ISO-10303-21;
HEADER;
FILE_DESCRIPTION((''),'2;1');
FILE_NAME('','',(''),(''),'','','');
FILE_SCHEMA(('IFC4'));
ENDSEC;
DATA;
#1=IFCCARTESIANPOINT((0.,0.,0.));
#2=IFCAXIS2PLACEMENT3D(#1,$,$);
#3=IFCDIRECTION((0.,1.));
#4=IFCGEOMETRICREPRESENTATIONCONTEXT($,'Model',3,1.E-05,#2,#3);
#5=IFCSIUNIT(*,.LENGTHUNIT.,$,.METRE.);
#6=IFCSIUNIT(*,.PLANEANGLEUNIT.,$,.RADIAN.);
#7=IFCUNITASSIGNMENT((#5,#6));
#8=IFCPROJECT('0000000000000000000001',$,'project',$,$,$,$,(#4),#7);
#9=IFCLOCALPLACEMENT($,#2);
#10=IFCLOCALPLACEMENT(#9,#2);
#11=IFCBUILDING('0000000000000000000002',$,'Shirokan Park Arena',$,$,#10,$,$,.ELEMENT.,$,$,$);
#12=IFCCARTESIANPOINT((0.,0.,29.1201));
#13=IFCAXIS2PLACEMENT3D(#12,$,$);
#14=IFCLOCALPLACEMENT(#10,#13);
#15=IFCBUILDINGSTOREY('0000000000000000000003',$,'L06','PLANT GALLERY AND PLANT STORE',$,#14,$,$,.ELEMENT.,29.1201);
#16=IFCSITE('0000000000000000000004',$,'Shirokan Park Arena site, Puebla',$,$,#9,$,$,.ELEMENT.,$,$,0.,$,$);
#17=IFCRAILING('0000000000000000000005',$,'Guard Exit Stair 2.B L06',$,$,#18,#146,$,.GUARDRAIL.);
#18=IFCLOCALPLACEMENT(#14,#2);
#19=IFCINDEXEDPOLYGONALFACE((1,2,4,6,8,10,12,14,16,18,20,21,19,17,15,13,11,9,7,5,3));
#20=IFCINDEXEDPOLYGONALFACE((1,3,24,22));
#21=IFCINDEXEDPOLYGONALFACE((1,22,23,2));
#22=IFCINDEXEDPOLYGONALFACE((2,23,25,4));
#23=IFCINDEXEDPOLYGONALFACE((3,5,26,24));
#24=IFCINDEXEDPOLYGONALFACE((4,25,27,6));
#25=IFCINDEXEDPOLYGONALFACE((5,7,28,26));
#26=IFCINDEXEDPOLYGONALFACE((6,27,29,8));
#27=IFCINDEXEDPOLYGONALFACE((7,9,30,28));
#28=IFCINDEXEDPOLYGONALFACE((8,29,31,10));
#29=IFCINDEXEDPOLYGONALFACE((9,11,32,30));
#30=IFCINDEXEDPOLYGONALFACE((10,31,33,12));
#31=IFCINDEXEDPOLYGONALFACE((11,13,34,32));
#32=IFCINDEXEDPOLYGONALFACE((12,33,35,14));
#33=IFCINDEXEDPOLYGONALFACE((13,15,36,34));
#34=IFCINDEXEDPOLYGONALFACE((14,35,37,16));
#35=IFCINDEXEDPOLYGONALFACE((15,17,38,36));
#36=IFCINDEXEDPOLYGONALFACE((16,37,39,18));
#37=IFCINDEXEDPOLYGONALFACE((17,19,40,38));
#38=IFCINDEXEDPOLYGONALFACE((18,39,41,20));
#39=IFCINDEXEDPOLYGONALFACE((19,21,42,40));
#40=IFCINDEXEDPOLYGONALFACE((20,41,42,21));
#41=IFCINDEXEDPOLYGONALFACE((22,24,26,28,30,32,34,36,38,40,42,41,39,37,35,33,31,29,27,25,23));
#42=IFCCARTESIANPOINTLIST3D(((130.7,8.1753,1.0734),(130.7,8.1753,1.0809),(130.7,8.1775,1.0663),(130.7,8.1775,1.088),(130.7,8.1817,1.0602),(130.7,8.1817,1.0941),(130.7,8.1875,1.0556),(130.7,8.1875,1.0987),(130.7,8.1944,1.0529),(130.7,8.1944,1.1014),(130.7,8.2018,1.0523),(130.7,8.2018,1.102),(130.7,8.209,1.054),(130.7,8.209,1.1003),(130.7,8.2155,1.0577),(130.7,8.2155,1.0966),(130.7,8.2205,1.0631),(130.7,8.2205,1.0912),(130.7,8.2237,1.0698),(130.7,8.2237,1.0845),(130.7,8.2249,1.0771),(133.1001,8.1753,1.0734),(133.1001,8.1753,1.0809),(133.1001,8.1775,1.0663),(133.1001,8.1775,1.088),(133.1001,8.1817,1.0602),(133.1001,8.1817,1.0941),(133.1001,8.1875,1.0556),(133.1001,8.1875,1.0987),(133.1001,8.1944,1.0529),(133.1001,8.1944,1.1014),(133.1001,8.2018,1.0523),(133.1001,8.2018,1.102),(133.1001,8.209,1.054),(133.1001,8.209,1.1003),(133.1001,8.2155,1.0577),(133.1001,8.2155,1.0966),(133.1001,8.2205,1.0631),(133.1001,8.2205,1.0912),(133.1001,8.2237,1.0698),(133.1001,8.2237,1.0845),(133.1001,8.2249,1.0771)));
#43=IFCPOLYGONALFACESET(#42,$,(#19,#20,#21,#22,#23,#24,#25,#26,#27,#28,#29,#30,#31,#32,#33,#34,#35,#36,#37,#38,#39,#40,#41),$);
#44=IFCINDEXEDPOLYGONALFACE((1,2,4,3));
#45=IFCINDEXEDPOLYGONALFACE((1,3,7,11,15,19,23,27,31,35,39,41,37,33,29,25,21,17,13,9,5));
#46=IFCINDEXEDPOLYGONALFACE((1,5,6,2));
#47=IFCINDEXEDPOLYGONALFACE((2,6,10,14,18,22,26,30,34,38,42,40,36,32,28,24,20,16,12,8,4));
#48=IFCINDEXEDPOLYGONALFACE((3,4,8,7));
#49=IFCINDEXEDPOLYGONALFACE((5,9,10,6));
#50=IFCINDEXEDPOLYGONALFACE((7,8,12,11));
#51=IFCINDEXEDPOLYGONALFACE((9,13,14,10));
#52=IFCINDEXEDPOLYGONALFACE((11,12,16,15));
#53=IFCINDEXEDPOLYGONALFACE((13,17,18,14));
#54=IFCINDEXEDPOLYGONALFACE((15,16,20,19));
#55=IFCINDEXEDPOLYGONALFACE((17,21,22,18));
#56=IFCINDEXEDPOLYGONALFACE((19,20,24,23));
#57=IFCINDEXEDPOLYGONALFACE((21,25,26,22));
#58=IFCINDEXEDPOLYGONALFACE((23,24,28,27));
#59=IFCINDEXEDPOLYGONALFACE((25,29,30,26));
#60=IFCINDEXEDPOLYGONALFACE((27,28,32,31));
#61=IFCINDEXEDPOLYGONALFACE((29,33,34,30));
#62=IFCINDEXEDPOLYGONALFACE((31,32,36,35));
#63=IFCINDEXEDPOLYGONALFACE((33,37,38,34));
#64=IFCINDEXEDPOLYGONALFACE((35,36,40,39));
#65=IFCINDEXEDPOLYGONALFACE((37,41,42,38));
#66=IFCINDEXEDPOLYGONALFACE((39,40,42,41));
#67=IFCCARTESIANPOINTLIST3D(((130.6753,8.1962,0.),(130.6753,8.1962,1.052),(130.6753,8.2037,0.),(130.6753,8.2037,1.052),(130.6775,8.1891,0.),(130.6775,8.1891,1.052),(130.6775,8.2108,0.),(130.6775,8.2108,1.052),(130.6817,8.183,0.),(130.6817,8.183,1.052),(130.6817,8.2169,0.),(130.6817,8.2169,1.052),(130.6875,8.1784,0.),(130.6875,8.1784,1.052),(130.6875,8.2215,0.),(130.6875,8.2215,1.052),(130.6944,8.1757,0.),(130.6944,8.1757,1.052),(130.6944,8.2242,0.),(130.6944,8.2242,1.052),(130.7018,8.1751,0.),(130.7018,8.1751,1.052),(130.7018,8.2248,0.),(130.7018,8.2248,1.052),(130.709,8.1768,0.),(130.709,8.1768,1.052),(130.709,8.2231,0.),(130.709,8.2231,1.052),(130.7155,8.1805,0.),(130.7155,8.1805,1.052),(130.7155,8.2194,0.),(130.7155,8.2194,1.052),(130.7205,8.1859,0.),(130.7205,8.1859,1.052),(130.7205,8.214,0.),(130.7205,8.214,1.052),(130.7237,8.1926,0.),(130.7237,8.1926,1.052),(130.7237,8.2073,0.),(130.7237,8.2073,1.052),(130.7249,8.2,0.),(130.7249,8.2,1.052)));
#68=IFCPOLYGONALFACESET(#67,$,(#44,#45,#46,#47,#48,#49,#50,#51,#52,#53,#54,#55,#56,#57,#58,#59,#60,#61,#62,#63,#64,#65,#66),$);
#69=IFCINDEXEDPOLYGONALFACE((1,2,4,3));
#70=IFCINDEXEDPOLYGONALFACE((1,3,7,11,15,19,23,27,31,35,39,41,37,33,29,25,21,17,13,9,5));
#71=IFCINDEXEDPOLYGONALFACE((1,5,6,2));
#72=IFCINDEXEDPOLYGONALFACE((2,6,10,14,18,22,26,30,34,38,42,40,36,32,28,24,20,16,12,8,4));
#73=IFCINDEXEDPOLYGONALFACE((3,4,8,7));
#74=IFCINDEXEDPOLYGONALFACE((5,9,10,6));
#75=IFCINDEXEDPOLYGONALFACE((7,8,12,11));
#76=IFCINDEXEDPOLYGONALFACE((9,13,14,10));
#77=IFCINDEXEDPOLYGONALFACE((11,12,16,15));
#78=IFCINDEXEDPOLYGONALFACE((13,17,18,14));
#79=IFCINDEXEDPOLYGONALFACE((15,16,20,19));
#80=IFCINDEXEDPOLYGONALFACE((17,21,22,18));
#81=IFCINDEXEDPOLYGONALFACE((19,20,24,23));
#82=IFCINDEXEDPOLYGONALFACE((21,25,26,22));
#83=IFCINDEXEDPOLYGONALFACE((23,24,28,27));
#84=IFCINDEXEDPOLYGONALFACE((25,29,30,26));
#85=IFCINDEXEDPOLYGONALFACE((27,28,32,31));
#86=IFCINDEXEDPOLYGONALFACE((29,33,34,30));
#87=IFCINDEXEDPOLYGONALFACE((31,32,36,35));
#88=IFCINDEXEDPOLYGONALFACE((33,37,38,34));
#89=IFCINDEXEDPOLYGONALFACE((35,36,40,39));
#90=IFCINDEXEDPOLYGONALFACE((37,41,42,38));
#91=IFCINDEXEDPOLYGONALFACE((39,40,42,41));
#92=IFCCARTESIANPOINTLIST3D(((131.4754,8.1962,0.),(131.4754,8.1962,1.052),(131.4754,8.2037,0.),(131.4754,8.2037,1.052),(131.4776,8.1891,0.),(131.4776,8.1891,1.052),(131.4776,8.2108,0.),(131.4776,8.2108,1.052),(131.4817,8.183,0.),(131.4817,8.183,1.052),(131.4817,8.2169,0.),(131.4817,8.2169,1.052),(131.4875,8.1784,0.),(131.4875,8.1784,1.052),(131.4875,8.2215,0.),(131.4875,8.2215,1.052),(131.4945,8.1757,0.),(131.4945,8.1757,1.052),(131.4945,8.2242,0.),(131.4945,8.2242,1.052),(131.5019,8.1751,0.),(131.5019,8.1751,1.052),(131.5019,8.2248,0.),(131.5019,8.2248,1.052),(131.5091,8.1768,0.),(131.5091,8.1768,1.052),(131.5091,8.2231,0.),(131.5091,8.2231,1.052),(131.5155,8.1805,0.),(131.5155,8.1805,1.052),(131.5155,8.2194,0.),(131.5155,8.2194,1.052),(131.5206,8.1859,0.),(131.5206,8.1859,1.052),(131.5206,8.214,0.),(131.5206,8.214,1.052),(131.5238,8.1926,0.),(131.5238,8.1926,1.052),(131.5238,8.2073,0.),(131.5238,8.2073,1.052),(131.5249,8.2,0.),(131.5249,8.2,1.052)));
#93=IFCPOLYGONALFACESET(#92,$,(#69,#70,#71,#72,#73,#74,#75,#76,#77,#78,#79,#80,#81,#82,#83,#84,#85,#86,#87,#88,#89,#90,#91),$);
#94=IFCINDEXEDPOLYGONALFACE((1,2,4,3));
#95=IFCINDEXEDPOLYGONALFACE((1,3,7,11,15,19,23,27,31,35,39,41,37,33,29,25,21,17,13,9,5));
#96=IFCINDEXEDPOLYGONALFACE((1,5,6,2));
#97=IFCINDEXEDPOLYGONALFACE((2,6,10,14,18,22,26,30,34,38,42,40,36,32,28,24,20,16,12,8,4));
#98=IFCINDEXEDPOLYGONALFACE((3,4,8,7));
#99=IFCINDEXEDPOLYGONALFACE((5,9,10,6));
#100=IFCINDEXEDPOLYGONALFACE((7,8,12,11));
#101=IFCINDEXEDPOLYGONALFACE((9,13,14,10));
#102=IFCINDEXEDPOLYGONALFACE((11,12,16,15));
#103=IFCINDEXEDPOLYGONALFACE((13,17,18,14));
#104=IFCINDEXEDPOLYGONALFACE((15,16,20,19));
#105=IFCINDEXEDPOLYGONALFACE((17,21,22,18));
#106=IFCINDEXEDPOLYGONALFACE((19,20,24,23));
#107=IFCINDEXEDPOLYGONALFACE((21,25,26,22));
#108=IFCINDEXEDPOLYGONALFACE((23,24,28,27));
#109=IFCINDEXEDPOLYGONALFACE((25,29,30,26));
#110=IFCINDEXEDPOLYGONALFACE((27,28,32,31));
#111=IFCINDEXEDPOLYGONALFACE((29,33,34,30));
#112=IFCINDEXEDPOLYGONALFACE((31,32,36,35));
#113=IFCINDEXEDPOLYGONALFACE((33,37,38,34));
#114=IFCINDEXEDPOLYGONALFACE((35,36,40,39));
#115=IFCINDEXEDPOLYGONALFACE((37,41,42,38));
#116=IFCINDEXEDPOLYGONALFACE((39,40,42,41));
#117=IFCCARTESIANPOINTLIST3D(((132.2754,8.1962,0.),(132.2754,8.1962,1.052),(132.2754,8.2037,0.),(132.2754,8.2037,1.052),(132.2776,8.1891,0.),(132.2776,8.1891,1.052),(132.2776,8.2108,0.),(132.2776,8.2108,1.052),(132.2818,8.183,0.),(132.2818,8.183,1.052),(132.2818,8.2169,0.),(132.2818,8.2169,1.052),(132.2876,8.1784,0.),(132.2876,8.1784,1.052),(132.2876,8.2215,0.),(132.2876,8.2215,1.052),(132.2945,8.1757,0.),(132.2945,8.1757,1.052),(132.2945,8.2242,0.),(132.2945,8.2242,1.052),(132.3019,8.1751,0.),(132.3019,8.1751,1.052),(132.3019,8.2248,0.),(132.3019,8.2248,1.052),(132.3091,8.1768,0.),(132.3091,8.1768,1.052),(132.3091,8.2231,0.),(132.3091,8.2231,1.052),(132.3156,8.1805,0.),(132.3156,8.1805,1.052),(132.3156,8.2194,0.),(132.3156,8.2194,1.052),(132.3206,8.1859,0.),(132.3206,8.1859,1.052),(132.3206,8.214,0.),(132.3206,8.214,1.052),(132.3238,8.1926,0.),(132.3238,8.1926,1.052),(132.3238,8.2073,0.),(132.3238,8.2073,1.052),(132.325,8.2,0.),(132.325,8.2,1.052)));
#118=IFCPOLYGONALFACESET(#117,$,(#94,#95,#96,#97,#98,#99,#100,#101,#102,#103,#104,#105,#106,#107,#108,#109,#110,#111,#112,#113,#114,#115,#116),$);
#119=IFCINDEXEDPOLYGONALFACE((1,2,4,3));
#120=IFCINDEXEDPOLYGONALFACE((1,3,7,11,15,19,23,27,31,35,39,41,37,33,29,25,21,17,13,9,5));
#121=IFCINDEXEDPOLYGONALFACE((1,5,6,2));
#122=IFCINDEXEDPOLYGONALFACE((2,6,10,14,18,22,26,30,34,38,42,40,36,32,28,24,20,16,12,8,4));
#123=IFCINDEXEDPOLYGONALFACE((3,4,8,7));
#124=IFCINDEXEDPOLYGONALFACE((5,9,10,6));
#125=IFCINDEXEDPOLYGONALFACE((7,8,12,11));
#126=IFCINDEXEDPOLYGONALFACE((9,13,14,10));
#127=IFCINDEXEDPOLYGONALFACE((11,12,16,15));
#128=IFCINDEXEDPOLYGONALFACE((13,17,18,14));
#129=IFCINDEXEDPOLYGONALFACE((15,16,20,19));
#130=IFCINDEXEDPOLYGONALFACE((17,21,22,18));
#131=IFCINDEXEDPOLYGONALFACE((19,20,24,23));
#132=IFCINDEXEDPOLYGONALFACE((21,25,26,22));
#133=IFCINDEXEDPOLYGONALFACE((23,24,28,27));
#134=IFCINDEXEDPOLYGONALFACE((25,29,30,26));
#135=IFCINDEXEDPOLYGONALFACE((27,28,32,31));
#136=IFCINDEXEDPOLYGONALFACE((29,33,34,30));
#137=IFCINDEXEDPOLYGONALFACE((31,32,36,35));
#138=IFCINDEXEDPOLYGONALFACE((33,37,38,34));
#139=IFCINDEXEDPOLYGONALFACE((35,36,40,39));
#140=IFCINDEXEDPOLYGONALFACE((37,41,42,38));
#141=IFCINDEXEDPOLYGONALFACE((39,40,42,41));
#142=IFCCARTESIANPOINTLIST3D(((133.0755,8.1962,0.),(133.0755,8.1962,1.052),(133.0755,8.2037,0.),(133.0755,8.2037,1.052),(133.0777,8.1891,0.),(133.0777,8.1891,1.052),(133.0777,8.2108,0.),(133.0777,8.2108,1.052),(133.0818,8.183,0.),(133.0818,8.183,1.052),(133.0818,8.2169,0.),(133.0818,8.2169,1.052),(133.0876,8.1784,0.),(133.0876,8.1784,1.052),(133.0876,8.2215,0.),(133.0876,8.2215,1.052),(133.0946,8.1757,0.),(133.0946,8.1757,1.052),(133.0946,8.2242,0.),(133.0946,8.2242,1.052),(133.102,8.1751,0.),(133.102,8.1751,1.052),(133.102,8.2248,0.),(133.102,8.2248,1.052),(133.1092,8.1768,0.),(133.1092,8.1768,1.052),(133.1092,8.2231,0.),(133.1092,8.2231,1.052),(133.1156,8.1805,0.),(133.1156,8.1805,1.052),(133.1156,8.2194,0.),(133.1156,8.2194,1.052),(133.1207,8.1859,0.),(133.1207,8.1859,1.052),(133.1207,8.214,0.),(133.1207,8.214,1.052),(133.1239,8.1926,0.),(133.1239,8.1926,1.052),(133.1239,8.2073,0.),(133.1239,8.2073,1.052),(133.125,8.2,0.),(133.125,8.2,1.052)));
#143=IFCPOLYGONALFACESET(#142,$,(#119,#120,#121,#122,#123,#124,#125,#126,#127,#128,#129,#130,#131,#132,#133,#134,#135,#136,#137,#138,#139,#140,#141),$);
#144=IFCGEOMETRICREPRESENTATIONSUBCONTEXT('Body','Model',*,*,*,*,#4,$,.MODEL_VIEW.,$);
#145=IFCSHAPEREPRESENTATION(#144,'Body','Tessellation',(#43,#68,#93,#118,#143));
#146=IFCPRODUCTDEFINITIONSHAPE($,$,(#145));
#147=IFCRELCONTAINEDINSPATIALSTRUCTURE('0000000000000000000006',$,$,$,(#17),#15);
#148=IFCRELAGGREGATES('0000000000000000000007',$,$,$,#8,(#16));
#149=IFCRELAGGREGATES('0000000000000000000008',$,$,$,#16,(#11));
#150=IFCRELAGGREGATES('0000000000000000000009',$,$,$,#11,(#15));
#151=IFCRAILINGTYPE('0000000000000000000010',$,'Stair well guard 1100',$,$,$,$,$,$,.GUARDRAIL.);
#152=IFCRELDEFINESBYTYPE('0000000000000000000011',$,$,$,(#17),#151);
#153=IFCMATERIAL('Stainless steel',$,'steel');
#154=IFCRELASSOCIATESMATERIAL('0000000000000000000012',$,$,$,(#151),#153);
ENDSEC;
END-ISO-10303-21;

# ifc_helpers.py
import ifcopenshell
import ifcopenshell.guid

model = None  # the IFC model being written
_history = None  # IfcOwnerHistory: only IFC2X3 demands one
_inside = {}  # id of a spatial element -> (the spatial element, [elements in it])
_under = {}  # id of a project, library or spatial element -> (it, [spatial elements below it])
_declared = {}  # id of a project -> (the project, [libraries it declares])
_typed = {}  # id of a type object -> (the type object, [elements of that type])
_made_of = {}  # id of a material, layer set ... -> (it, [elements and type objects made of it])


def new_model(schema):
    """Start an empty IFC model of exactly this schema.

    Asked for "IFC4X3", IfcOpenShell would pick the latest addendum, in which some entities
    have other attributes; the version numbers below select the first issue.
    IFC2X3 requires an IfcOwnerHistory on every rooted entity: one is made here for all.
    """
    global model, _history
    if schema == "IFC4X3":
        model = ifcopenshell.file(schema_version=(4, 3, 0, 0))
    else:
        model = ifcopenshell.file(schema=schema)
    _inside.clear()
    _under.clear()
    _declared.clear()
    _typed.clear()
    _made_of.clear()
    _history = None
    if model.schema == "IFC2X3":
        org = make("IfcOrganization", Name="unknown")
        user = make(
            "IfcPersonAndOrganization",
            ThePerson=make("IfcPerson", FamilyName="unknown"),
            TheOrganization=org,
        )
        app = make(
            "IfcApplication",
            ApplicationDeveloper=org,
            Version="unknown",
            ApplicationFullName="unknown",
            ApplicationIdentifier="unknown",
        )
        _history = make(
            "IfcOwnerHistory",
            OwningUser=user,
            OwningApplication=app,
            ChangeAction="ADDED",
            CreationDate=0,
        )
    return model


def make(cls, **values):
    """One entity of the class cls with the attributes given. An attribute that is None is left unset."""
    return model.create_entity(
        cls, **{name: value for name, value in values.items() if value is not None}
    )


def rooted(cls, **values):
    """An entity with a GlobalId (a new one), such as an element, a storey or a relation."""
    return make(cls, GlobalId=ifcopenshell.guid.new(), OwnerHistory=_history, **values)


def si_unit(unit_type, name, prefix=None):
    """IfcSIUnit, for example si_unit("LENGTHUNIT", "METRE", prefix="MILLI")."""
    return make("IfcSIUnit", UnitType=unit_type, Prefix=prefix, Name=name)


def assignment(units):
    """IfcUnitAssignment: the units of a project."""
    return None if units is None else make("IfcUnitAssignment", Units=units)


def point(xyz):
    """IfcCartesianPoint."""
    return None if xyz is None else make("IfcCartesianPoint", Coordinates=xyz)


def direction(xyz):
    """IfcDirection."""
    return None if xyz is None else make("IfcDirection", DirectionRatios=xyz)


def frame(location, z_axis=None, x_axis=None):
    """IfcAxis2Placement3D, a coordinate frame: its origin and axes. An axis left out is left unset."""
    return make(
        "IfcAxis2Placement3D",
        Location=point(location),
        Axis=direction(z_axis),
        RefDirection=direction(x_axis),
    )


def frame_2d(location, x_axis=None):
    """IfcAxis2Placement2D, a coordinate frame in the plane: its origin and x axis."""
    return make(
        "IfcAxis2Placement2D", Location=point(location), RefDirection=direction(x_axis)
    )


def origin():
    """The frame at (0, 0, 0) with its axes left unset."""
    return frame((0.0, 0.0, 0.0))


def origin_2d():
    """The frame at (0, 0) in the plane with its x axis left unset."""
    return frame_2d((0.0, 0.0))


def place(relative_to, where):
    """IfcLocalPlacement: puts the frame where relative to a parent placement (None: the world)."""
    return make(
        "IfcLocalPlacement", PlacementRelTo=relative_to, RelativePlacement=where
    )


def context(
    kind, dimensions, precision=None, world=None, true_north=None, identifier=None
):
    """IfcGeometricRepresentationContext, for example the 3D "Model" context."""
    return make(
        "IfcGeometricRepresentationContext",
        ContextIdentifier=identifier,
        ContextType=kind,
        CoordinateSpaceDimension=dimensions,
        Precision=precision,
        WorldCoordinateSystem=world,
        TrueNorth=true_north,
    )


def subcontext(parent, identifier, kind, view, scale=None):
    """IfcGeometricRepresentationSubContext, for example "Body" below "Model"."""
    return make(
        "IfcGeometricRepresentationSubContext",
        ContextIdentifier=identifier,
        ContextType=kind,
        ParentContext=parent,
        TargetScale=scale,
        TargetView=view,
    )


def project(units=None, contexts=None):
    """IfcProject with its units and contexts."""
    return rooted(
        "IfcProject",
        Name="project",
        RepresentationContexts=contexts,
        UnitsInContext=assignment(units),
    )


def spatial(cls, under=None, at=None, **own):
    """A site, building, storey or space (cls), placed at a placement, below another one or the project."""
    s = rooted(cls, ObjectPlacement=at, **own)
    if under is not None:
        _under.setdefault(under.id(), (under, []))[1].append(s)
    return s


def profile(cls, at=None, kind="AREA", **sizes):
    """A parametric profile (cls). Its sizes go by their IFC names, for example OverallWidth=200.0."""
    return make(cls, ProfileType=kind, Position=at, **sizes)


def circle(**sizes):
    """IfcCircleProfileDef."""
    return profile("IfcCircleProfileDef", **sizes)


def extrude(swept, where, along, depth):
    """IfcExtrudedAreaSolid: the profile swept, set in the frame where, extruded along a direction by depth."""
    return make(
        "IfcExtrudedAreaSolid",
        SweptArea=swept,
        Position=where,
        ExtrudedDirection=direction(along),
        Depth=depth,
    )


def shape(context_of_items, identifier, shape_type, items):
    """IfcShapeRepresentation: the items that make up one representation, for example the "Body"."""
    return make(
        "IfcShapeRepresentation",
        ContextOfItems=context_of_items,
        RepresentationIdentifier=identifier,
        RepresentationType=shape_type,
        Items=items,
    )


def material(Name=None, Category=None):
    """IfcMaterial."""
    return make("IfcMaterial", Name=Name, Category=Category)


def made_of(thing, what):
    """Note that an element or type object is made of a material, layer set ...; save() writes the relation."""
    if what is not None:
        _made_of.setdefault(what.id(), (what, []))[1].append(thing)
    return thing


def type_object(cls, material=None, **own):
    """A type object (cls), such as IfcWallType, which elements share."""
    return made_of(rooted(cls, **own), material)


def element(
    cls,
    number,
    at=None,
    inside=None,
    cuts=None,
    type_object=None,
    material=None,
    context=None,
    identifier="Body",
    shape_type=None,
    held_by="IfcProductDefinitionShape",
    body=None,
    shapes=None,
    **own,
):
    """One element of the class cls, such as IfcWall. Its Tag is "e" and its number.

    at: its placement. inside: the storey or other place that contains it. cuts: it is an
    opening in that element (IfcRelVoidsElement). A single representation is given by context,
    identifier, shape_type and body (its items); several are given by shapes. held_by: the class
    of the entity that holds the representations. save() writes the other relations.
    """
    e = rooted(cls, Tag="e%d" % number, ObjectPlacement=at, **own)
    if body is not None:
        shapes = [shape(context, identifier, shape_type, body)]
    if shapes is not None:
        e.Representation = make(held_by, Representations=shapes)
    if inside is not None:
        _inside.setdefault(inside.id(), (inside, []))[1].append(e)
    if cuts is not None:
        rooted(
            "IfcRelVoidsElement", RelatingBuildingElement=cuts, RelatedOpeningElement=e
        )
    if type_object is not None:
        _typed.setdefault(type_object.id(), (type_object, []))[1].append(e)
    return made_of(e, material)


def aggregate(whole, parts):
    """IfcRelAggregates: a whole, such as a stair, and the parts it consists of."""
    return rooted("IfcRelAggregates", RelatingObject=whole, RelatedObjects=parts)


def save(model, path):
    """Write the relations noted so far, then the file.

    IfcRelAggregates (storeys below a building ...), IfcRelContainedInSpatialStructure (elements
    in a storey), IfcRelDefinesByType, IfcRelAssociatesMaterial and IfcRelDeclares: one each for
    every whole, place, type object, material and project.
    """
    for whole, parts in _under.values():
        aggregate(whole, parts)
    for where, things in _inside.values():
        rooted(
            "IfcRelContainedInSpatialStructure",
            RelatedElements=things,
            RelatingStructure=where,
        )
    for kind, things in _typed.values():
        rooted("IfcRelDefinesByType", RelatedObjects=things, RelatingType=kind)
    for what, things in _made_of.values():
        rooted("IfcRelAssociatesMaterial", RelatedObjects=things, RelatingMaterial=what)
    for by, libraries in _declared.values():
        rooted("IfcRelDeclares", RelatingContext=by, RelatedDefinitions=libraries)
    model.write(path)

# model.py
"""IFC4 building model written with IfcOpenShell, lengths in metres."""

from ifc_helpers import new_model, si_unit, direction, frame, origin, origin_2d, place, context, subcontext, project, spatial, circle, extrude, material, type_object, element, save


model = new_model("IFC4")

# Units and contexts
model_context = context("Model", 3, precision=1e-05, world=origin(), true_north=direction((0.0, 1.0)))
body_context = subcontext(model_context, "Body", "Model", "MODEL_VIEW")
ifc_project = project(units=[si_unit("LENGTHUNIT", "METRE"), si_unit("PLANEANGLEUNIT", "RADIAN")], contexts=[model_context])

# Site, building, storey
site_placement = place(None, origin())
site = spatial("IfcSite", under=ifc_project, at=site_placement, Name="Shirokan Park Arena site, Puebla", CompositionType="ELEMENT", RefElevation=0.0)
building_placement = place(site_placement, origin())
building = spatial("IfcBuilding", under=site, at=building_placement, Name="Shirokan Park Arena", CompositionType="ELEMENT")
storey_placement = place(building_placement, frame((0.0, 0.0, 29.1201)))
storey = spatial("IfcBuildingStorey", under=building, at=storey_placement, Name="L06", Description="PLANT GALLERY AND PLANT STORE", CompositionType="ELEMENT", Elevation=29.1201)

# Railing
ifc_material_1 = material(Name="Stainless steel", Category="steel")
railing_type = type_object("IfcRailingType", Name="Stair well guard 1100", PredefinedType="GUARDRAIL", material=ifc_material_1)
railing_placement = place(storey_placement, frame((130.7, 8.2, 0.0)))
element("IfcRailing", 1, at=railing_placement, inside=storey, type_object=railing_type, Name="Guard Exit Stair 2.B L06", PredefinedType="GUARDRAIL", context=body_context, shape_type="SweptSolid", body=[
    extrude(circle(Radius=0.0249, at=origin_2d()), frame((0.0, 0.0, 1.0771), z_axis=(1.0, 0.0, 0.0), x_axis=(0.0, 1.0, 0.0)), (0.0, 0.0, 1.0), 2.4001),
    extrude(circle(Radius=0.0249, at=origin_2d()), origin(), (0.0, 0.0, 1.0), 1.052),
    extrude(circle(Radius=0.0249, at=origin_2d()), frame((0.8, 0.0, 0.0)), (0.0, 0.0, 1.0), 1.052),
    extrude(circle(Radius=0.0249, at=origin_2d()), frame((1.6001, 0.0, 0.0)), (0.0, 0.0, 1.0), 1.052),
    extrude(circle(Radius=0.0249, at=origin_2d()), frame((2.4001, 0.0, 0.0)), (0.0, 0.0, 1.0), 1.052),
])

save(model, "model.ifc")
